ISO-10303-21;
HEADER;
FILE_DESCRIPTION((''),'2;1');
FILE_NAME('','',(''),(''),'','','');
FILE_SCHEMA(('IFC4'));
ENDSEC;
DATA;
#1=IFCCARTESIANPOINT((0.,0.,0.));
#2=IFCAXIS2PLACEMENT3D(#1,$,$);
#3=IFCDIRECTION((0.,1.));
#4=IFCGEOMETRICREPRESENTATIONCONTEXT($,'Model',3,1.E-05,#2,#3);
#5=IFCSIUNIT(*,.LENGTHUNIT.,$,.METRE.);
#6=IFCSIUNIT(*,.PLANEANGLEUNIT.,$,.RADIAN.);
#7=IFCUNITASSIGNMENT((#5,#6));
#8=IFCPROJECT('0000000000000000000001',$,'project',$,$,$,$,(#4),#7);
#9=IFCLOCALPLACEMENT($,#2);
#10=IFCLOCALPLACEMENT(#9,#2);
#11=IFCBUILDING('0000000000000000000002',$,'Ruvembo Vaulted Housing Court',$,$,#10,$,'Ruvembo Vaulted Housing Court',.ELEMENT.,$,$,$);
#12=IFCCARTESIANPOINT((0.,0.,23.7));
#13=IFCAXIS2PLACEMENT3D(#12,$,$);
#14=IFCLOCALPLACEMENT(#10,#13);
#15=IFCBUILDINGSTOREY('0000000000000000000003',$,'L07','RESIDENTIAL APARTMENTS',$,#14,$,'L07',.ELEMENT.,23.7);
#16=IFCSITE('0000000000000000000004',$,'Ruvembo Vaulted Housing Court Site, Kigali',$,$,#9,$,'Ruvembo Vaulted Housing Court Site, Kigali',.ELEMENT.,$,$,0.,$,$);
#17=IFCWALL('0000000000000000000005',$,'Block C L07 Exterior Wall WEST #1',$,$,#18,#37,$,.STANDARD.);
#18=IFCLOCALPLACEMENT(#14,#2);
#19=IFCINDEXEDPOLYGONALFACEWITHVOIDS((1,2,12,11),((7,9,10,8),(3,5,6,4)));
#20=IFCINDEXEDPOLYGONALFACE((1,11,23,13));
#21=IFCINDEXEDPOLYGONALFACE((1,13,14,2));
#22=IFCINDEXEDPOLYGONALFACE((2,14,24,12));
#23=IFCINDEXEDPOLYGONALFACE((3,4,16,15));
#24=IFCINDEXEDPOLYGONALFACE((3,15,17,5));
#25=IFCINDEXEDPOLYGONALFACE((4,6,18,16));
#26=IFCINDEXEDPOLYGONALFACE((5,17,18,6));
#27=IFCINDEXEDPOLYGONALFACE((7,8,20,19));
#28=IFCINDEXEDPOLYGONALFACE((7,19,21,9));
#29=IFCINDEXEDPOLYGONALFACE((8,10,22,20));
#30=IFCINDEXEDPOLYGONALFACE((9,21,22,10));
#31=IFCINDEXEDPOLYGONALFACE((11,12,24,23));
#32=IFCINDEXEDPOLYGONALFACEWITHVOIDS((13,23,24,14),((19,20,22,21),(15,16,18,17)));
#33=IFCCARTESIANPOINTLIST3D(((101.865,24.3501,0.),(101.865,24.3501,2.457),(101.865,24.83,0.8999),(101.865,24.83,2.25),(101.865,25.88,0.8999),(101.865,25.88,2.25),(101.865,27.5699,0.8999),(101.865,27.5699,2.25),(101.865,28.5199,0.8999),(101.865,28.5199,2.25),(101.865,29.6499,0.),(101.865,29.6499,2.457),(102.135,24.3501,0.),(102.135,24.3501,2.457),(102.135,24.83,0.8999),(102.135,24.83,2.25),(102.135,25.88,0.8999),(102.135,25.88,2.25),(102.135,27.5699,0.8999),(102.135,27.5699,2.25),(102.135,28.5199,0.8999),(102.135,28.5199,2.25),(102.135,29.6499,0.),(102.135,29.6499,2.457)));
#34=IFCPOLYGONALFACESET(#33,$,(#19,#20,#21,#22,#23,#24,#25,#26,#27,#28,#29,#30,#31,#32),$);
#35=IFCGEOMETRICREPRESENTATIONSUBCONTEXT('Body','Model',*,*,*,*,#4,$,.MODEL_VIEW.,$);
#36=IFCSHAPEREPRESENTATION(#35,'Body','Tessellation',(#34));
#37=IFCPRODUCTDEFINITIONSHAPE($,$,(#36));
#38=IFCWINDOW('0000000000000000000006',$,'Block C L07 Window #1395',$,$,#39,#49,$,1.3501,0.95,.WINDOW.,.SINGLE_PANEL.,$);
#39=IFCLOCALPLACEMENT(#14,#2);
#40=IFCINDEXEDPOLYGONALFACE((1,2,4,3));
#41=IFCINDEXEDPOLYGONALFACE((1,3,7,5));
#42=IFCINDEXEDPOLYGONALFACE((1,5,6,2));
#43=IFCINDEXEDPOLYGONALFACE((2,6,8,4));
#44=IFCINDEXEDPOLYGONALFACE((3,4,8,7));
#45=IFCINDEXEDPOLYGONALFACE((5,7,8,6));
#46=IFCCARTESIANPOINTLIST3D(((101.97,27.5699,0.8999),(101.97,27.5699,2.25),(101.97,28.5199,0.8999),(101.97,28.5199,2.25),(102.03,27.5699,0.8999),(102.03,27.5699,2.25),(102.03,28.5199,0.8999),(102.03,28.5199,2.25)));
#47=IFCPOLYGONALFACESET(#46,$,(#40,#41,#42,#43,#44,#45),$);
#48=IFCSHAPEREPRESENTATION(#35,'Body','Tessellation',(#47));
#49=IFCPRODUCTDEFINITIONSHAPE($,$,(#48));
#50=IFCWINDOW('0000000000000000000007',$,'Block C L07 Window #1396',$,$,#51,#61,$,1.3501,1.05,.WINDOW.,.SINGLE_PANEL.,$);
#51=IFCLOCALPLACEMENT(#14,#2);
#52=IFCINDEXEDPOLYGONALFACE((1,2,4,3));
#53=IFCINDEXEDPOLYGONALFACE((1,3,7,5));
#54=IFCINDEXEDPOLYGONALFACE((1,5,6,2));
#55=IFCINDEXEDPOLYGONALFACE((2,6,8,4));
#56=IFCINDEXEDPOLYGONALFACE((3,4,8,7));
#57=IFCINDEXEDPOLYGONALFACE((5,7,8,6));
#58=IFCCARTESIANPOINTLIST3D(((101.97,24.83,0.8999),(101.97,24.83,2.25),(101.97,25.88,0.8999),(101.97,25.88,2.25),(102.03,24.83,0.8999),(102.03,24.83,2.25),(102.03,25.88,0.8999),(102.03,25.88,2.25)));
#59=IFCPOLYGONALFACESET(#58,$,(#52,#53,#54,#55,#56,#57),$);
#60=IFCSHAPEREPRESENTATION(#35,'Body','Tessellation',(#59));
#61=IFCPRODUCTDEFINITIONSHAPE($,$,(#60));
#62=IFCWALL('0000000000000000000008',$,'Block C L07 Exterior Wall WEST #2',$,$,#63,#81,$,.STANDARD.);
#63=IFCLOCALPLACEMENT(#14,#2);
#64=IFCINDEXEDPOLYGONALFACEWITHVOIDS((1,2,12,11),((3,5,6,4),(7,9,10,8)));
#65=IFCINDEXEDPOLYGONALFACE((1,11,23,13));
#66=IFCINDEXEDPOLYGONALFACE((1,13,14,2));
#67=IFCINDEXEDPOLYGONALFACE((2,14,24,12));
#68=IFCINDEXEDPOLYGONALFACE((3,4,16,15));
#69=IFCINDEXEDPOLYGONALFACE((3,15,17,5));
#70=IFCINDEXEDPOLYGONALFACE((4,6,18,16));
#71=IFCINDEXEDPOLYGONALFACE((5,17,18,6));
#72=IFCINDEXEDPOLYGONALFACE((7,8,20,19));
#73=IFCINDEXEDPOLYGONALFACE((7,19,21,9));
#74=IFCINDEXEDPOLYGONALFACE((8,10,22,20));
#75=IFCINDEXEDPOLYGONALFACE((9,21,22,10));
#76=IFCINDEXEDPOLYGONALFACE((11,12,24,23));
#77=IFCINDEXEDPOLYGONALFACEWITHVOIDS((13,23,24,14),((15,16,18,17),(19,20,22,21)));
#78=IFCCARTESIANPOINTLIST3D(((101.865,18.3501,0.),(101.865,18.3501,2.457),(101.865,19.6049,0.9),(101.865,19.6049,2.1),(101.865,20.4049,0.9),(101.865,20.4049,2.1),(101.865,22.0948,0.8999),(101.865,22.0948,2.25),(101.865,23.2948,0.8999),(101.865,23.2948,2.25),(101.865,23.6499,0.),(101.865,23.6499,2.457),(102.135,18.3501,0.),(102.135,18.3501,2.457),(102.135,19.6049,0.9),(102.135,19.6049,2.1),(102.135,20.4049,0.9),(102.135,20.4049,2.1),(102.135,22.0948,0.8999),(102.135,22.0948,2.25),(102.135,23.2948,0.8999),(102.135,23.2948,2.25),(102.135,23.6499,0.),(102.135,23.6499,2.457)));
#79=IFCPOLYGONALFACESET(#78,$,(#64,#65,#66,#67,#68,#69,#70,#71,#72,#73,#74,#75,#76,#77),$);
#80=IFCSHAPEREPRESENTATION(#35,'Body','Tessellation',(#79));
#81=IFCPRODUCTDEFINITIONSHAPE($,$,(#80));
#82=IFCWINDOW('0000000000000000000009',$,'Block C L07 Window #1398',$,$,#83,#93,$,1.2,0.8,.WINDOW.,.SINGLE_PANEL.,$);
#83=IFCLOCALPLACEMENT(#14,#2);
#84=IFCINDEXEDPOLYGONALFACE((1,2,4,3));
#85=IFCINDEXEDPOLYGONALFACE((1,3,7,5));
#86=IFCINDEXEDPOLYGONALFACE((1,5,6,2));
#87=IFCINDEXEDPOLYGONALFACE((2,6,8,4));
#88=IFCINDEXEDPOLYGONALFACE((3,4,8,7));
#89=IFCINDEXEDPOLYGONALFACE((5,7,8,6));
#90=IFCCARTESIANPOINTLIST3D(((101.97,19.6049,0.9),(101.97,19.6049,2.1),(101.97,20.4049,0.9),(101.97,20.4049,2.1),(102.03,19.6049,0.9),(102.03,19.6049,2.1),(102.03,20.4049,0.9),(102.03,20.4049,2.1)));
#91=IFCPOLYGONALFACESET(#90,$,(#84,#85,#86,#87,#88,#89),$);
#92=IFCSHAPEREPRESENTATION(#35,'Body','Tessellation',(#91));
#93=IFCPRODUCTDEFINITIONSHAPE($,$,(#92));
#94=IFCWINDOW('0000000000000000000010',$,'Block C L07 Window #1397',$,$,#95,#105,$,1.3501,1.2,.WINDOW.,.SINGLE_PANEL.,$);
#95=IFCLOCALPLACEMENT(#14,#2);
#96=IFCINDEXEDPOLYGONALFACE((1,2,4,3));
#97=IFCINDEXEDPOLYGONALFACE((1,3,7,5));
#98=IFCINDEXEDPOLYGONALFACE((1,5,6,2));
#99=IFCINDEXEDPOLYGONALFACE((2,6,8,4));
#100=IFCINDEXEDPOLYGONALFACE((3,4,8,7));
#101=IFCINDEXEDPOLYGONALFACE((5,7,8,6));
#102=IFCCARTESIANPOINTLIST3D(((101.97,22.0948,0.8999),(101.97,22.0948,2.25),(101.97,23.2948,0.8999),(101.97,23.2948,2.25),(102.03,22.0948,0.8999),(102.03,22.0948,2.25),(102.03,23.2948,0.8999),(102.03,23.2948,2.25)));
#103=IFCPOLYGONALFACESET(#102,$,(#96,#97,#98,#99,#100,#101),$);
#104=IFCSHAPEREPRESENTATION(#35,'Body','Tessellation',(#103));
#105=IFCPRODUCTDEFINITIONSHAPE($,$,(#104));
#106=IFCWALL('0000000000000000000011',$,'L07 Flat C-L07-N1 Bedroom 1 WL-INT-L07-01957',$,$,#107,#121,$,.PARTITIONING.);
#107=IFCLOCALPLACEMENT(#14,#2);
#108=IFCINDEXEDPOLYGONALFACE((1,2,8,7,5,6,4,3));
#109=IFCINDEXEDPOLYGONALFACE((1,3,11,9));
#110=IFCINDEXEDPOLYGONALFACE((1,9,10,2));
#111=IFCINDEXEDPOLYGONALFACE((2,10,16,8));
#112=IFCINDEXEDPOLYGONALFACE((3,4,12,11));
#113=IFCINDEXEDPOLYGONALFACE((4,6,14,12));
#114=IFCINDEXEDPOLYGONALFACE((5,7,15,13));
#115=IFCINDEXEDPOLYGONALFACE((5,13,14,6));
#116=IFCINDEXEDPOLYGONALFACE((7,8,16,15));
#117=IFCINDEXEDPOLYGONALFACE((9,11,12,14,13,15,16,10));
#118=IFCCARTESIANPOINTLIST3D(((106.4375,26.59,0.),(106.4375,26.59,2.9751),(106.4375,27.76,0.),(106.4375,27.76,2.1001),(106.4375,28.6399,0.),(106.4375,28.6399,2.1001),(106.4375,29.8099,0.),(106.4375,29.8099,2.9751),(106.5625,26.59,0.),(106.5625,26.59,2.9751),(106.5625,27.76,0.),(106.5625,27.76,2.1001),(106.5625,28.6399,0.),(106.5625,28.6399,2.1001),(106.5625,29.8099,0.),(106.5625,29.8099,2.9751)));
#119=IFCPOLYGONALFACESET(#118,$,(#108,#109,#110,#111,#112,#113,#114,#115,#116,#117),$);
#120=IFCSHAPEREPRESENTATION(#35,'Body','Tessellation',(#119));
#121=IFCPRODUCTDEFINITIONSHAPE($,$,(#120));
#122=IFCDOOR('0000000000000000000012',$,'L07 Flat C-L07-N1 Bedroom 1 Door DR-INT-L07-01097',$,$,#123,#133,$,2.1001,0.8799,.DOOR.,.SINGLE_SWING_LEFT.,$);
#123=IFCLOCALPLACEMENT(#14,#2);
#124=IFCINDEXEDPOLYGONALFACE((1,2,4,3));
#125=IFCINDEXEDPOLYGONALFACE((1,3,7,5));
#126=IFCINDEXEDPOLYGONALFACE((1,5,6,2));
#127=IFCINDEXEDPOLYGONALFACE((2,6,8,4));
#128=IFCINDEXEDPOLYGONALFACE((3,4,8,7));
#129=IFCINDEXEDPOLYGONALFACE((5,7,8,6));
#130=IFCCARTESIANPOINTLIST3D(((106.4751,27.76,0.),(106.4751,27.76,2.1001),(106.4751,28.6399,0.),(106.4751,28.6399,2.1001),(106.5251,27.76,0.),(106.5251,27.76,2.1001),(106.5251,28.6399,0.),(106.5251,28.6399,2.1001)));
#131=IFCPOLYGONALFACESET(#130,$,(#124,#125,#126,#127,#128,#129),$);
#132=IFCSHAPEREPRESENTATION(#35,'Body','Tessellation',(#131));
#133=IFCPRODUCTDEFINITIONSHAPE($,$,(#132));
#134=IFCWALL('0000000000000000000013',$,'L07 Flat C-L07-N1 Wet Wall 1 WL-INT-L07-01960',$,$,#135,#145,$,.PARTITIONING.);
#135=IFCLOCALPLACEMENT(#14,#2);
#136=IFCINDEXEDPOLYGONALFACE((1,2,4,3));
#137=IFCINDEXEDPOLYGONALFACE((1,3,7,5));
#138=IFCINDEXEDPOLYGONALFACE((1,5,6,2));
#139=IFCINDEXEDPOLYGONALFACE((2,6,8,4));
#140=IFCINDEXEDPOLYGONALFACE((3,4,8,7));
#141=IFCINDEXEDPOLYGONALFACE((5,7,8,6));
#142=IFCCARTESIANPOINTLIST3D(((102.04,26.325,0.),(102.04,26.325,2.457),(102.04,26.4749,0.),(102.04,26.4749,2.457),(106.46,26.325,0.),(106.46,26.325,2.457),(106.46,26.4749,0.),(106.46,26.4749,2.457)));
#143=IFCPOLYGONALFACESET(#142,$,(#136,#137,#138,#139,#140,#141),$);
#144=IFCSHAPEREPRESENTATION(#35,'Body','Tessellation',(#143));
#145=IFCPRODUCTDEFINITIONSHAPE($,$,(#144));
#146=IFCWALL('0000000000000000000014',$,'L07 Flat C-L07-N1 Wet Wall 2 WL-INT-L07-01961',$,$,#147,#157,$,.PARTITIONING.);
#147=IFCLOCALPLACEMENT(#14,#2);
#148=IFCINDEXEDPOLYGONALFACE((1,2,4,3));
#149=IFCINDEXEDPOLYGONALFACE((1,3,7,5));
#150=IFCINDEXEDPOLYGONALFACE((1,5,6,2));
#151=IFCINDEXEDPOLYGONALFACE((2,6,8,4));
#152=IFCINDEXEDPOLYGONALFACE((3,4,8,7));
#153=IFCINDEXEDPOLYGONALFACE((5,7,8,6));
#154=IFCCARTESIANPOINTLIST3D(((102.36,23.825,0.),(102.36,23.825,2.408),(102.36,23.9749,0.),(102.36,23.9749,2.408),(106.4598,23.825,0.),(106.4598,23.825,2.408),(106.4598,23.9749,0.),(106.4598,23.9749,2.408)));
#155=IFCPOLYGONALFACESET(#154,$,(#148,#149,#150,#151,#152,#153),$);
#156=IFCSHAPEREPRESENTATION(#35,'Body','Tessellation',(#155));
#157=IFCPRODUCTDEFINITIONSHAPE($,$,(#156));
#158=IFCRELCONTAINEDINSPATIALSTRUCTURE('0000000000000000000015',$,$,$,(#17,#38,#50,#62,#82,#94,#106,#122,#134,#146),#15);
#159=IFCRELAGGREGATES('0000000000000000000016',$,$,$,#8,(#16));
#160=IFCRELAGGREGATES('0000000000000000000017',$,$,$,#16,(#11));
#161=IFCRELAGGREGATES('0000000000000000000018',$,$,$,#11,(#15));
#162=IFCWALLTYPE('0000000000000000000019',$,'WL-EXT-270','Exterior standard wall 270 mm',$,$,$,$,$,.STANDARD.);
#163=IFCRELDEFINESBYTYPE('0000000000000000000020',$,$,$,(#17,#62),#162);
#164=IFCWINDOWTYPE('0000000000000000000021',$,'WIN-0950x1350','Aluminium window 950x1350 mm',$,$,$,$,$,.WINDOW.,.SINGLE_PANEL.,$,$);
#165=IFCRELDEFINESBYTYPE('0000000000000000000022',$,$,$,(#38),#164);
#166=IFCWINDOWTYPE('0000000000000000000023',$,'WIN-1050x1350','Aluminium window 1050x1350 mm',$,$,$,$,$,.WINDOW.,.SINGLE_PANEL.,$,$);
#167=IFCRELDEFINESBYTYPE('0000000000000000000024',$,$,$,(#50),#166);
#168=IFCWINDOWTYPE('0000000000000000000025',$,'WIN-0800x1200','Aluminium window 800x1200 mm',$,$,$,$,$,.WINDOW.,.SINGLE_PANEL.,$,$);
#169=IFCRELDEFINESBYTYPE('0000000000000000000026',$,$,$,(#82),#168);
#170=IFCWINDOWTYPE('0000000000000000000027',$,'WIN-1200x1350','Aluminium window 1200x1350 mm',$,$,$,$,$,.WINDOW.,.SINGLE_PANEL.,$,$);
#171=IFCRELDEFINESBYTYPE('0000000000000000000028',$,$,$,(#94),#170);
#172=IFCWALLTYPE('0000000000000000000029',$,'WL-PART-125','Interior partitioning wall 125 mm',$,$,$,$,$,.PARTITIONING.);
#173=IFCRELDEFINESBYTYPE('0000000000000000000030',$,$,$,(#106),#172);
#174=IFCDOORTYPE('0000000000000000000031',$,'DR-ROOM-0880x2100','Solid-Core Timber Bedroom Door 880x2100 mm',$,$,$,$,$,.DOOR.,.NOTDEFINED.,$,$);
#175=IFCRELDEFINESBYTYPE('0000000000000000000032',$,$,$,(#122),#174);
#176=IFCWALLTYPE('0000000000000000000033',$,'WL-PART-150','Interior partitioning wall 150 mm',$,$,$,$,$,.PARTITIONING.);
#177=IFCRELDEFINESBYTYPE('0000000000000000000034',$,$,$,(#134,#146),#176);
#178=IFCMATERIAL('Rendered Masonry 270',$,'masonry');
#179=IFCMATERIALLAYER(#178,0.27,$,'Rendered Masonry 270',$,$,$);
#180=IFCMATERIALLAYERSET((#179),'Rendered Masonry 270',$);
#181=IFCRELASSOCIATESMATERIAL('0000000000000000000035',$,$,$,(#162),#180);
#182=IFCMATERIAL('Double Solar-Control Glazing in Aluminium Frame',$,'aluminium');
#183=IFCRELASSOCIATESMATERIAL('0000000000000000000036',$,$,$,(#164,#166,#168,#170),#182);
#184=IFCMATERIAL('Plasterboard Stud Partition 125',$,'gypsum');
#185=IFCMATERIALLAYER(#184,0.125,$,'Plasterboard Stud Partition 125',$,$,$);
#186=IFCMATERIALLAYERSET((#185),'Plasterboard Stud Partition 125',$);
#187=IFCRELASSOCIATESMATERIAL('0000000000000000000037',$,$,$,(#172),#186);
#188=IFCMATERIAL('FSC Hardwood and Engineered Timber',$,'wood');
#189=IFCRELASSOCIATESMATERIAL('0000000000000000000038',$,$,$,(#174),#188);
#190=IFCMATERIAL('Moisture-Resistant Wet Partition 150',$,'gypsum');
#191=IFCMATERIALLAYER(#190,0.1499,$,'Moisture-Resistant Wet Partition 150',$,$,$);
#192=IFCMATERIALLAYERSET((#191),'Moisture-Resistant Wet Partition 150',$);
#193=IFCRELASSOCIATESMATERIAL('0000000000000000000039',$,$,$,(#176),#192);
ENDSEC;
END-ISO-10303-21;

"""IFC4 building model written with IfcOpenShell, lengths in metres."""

from ifc_helpers import new_model, si_unit, direction, frame, frame_2d, origin, place, context, subcontext, project, spatial, rectangle, extrude, material, layer, layer_set, type_object, element, fill, save


model = new_model("IFC4")

# Units and contexts
model_context = context("Model", 3, precision=1e-05, world=origin(), true_north=direction((0.0, 1.0)))
body_context = subcontext(model_context, "Body", "Model", "MODEL_VIEW")
ifc_project = project(units=[si_unit("LENGTHUNIT", "METRE"), si_unit("PLANEANGLEUNIT", "RADIAN")], contexts=[model_context])

# Site, building, storey
site_placement = place(None, origin())
site = spatial("IfcSite", under=ifc_project, at=site_placement, Name="Ruvembo Vaulted Housing Court Site, Kigali", LongName="Ruvembo Vaulted Housing Court Site, Kigali", CompositionType="ELEMENT", RefElevation=0.0)
building_placement = place(site_placement, origin())
building = spatial("IfcBuilding", under=site, at=building_placement, Name="Ruvembo Vaulted Housing Court", LongName="Ruvembo Vaulted Housing Court", CompositionType="ELEMENT")
storey_placement = place(building_placement, frame((0.0, 0.0, 23.7)))
storey = spatial("IfcBuildingStorey", under=building, at=storey_placement, Name="L07", Description="RESIDENTIAL APARTMENTS", LongName="L07", CompositionType="ELEMENT", Elevation=23.7)

# Walls, openings, windows
ifc_material_1 = material(Name="Rendered Masonry 270", Category="masonry")
ifc_layer_1 = layer(ifc_material_1, 0.27, Name="Rendered Masonry 270")
ifc_layer_set_1 = layer_set([ifc_layer_1], Name="Rendered Masonry 270")
wall_type_1 = type_object("IfcWallType", Name="WL-EXT-270", Description="Exterior standard wall 270 mm", PredefinedType="STANDARD", material=ifc_layer_set_1)
ifc_material_2 = material(Name="Double Solar-Control Glazing in Aluminium Frame", Category="aluminium")
wall_1_placement = place(storey_placement, frame((102.0, 29.6499, 0.0), z_axis=(0.0, 0.0, 1.0), x_axis=(0.0, -1.0, 0.0)))
wall_1 = element("IfcWall", 1, at=wall_1_placement, inside=storey, type_object=wall_type_1, Name="Block C L07 Exterior Wall WEST #1", PredefinedType="STANDARD", context=body_context, shape_type="SweptSolid", body=[
    extrude(rectangle(XDim=5.2998, YDim=0.27, at=frame_2d((2.6499, 0.0))), origin(), (0.0, 0.0, 1.0), 2.457),
])
opening_1_placement = place(wall_1_placement, frame((1.1299, 0.0, 0.8999)))
opening_1 = element("IfcOpeningElement", 2, at=opening_1_placement, cuts=wall_1, PredefinedType="OPENING", context=body_context, shape_type="SweptSolid", body=[
    extrude(rectangle(XDim=0.95, YDim=1.3501, at=frame_2d((0.4751, 0.675))), frame((0.0, 0.145, 0.0), z_axis=(0.0, -1.0, 0.0), x_axis=(1.0, 0.0, 0.0)), (0.0, 0.0, 1.0), 0.29),
])
opening_2_placement = place(wall_1_placement, frame((3.77, 0.0, 0.8999)))
opening_2 = element("IfcOpeningElement", 3, at=opening_2_placement, cuts=wall_1, PredefinedType="OPENING", context=body_context, shape_type="SweptSolid", body=[
    extrude(rectangle(XDim=1.05, YDim=1.3501, at=frame_2d((0.5249, 0.675))), frame((0.0, 0.145, 0.0), z_axis=(0.0, -1.0, 0.0), x_axis=(1.0, 0.0, 0.0)), (0.0, 0.0, 1.0), 0.29),
])
window_type_1 = type_object("IfcWindowType", Name="WIN-0950x1350", Description="Aluminium window 950x1350 mm", PartitioningType="SINGLE_PANEL", PredefinedType="WINDOW", material=ifc_material_2)
window_1_placement = place(opening_1_placement, origin())
window_1 = element("IfcWindow", 4, at=window_1_placement, inside=storey, type_object=window_type_1, Name="Block C L07 Window #1395", OverallHeight=1.3501, OverallWidth=0.95, PartitioningType="SINGLE_PANEL", PredefinedType="WINDOW", context=body_context, shape_type="SweptSolid", body=[
    extrude(rectangle(XDim=0.95, YDim=1.3501, at=frame_2d((0.4751, 0.675))), frame((0.0, 0.03, 0.0), z_axis=(0.0, -1.0, 0.0), x_axis=(1.0, 0.0, 0.0)), (0.0, 0.0, 1.0), 0.0601),
])
fill(opening_1, window_1)
window_type_2 = type_object("IfcWindowType", Name="WIN-1050x1350", Description="Aluminium window 1050x1350 mm", PartitioningType="SINGLE_PANEL", PredefinedType="WINDOW", material=ifc_material_2)
window_2_placement = place(opening_2_placement, origin())
window_2 = element("IfcWindow", 5, at=window_2_placement, inside=storey, type_object=window_type_2, Name="Block C L07 Window #1396", OverallHeight=1.3501, OverallWidth=1.05, PartitioningType="SINGLE_PANEL", PredefinedType="WINDOW", context=body_context, shape_type="SweptSolid", body=[
    extrude(rectangle(XDim=1.05, YDim=1.3501, at=frame_2d((0.5249, 0.675))), frame((0.0, 0.03, 0.0), z_axis=(0.0, -1.0, 0.0), x_axis=(1.0, 0.0, 0.0)), (0.0, 0.0, 1.0), 0.0601),
])
fill(opening_2, window_2)
wall_2_placement = place(storey_placement, frame((102.0, 23.6499, 0.0), z_axis=(0.0, 0.0, 1.0), x_axis=(0.0, -1.0, 0.0)))
wall_2 = element("IfcWall", 6, at=wall_2_placement, inside=storey, type_object=wall_type_1, Name="Block C L07 Exterior Wall WEST #2", PredefinedType="STANDARD", context=body_context, shape_type="SweptSolid", body=[
    extrude(rectangle(XDim=5.2998, YDim=0.27, at=frame_2d((2.6499, 0.0))), origin(), (0.0, 0.0, 1.0), 2.457),
])
opening_3_placement = place(wall_2_placement, frame((0.355, 0.0, 0.8999)))
opening_3 = element("IfcOpeningElement", 7, at=opening_3_placement, cuts=wall_2, PredefinedType="OPENING", context=body_context, shape_type="SweptSolid", body=[
    extrude(rectangle(XDim=1.2, YDim=1.3501, at=frame_2d((0.6001, 0.675))), frame((0.0, 0.145, 0.0), z_axis=(0.0, -1.0, 0.0), x_axis=(1.0, 0.0, 0.0)), (0.0, 0.0, 1.0), 0.29),
])
opening_4_placement = place(wall_2_placement, frame((3.2451, 0.0, 0.8999)))
opening_4 = element("IfcOpeningElement", 8, at=opening_4_placement, cuts=wall_2, PredefinedType="OPENING", context=body_context, shape_type="SweptSolid", body=[
    extrude(rectangle(XDim=0.8, YDim=1.2, at=frame_2d((0.3999, 0.6001))), frame((0.0, 0.145, 0.0), z_axis=(0.0, -1.0, 0.0), x_axis=(1.0, 0.0, 0.0)), (0.0, 0.0, 1.0), 0.29),
])
window_type_3 = type_object("IfcWindowType", Name="WIN-0800x1200", Description="Aluminium window 800x1200 mm", PartitioningType="SINGLE_PANEL", PredefinedType="WINDOW", material=ifc_material_2)
window_3_placement = place(opening_4_placement, origin())
window_3 = element("IfcWindow", 9, at=window_3_placement, inside=storey, type_object=window_type_3, Name="Block C L07 Window #1398", OverallHeight=1.2, OverallWidth=0.8, PartitioningType="SINGLE_PANEL", PredefinedType="WINDOW", context=body_context, shape_type="SweptSolid", body=[
    extrude(rectangle(XDim=0.8, YDim=1.2, at=frame_2d((0.3999, 0.6001))), frame((0.0, 0.03, 0.0), z_axis=(0.0, -1.0, 0.0), x_axis=(1.0, 0.0, 0.0)), (0.0, 0.0, 1.0), 0.0601),
])
fill(opening_4, window_3)
window_type_4 = type_object("IfcWindowType", Name="WIN-1200x1350", Description="Aluminium window 1200x1350 mm", PartitioningType="SINGLE_PANEL", PredefinedType="WINDOW", material=ifc_material_2)
window_4_placement = place(opening_3_placement, origin())
window_4 = element("IfcWindow", 10, at=window_4_placement, inside=storey, type_object=window_type_4, Name="Block C L07 Window #1397", OverallHeight=1.3501, OverallWidth=1.2, PartitioningType="SINGLE_PANEL", PredefinedType="WINDOW", context=body_context, shape_type="SweptSolid", body=[
    extrude(rectangle(XDim=1.2, YDim=1.3501, at=frame_2d((0.6001, 0.675))), frame((0.0, 0.03, 0.0), z_axis=(0.0, -1.0, 0.0), x_axis=(1.0, 0.0, 0.0)), (0.0, 0.0, 1.0), 0.0601),
])
fill(opening_3, window_4)

# Wall, opening, door
ifc_material_3 = material(Name="Plasterboard Stud Partition 125", Category="gypsum")
ifc_layer_2 = layer(ifc_material_3, 0.125, Name="Plasterboard Stud Partition 125")
ifc_layer_set_2 = layer_set([ifc_layer_2], Name="Plasterboard Stud Partition 125")
wall_type_2 = type_object("IfcWallType", Name="WL-PART-125", Description="Interior partitioning wall 125 mm", PredefinedType="PARTITIONING", material=ifc_layer_set_2)
wall_3_placement = place(storey_placement, frame((106.5, 26.5901, 0.0), z_axis=(0.0, 0.0, 1.0), x_axis=(0.0, 1.0, 0.0)))
wall_3 = element("IfcWall", 11, at=wall_3_placement, inside=storey, type_object=wall_type_2, Name="L07 Flat C-L07-N1 Bedroom 1 WL-INT-L07-01957", PredefinedType="PARTITIONING", context=body_context, shape_type="SweptSolid", body=[
    extrude(rectangle(XDim=3.22, YDim=0.125, at=frame_2d((1.6099, 0.0))), origin(), (0.0, 0.0, 1.0), 2.9751),
])
opening_5_placement = place(wall_3_placement, frame((1.1699, 0.0, 0.0)))
opening_5 = element("IfcOpeningElement", 12, at=opening_5_placement, cuts=wall_3, PredefinedType="OPENING", context=body_context, shape_type="SweptSolid", body=[
    extrude(rectangle(XDim=0.8799, YDim=2.1001, at=frame_2d((0.4399, 1.05))), frame((0.0, 0.0725, 0.0), z_axis=(0.0, -1.0, 0.0), x_axis=(1.0, 0.0, 0.0)), (0.0, 0.0, 1.0), 0.145),
])
ifc_material_4 = material(Name="FSC Hardwood and Engineered Timber", Category="wood")
door_type_1 = type_object("IfcDoorType", Name="DR-ROOM-0880x2100", Description="Solid-Core Timber Bedroom Door 880x2100 mm", OperationType="NOTDEFINED", PredefinedType="DOOR", material=ifc_material_4)
door_1_placement = place(opening_5_placement, origin())
door_1 = element("IfcDoor", 13, at=door_1_placement, inside=storey, type_object=door_type_1, Name="L07 Flat C-L07-N1 Bedroom 1 Door DR-INT-L07-01097", OperationType="SINGLE_SWING_LEFT", OverallHeight=2.1001, OverallWidth=0.8799, PredefinedType="DOOR", context=body_context, shape_type="SweptSolid", body=[
    extrude(rectangle(XDim=0.8799, YDim=2.1001, at=frame_2d((0.4399, 1.05))), frame((0.0, 0.0249, 0.0), z_axis=(0.0, -1.0, 0.0), x_axis=(1.0, 0.0, 0.0)), (0.0, 0.0, 1.0), 0.05),
])
fill(opening_5, door_1)

# Walls
ifc_material_5 = material(Name="Moisture-Resistant Wet Partition 150", Category="gypsum")
ifc_layer_3 = layer(ifc_material_5, 0.1499, Name="Moisture-Resistant Wet Partition 150")
ifc_layer_set_3 = layer_set([ifc_layer_3], Name="Moisture-Resistant Wet Partition 150")
wall_type_3 = type_object("IfcWallType", Name="WL-PART-150", Description="Interior partitioning wall 150 mm", PredefinedType="PARTITIONING", material=ifc_layer_set_3)
wall_4_placement = place(storey_placement, frame((102.04, 26.3999, 0.0), z_axis=(0.0, 0.0, 1.0), x_axis=(1.0, 0.0, 0.0)))
element("IfcWall", 14, at=wall_4_placement, inside=storey, type_object=wall_type_3, Name="L07 Flat C-L07-N1 Wet Wall 1 WL-INT-L07-01960", PredefinedType="PARTITIONING", context=body_context, shape_type="SweptSolid", body=[
    extrude(rectangle(XDim=4.4199, YDim=0.1499, at=frame_2d((2.21, 0.0))), origin(), (0.0, 0.0, 1.0), 2.457),
])
wall_5_placement = place(storey_placement, frame((102.3601, 23.8999, 0.0), z_axis=(0.0, 0.0, 1.0), x_axis=(1.0, 0.0, 0.0)))
element("IfcWall", 15, at=wall_5_placement, inside=storey, type_object=wall_type_3, Name="L07 Flat C-L07-N1 Wet Wall 2 WL-INT-L07-01961", PredefinedType="PARTITIONING", context=body_context, shape_type="SweptSolid", body=[
    extrude(rectangle(XDim=4.0999, YDim=0.1499, at=frame_2d((2.0498, 0.0))), origin(), (0.0, 0.0, 1.0), 2.408),
])

save(model, "model.ifc")
